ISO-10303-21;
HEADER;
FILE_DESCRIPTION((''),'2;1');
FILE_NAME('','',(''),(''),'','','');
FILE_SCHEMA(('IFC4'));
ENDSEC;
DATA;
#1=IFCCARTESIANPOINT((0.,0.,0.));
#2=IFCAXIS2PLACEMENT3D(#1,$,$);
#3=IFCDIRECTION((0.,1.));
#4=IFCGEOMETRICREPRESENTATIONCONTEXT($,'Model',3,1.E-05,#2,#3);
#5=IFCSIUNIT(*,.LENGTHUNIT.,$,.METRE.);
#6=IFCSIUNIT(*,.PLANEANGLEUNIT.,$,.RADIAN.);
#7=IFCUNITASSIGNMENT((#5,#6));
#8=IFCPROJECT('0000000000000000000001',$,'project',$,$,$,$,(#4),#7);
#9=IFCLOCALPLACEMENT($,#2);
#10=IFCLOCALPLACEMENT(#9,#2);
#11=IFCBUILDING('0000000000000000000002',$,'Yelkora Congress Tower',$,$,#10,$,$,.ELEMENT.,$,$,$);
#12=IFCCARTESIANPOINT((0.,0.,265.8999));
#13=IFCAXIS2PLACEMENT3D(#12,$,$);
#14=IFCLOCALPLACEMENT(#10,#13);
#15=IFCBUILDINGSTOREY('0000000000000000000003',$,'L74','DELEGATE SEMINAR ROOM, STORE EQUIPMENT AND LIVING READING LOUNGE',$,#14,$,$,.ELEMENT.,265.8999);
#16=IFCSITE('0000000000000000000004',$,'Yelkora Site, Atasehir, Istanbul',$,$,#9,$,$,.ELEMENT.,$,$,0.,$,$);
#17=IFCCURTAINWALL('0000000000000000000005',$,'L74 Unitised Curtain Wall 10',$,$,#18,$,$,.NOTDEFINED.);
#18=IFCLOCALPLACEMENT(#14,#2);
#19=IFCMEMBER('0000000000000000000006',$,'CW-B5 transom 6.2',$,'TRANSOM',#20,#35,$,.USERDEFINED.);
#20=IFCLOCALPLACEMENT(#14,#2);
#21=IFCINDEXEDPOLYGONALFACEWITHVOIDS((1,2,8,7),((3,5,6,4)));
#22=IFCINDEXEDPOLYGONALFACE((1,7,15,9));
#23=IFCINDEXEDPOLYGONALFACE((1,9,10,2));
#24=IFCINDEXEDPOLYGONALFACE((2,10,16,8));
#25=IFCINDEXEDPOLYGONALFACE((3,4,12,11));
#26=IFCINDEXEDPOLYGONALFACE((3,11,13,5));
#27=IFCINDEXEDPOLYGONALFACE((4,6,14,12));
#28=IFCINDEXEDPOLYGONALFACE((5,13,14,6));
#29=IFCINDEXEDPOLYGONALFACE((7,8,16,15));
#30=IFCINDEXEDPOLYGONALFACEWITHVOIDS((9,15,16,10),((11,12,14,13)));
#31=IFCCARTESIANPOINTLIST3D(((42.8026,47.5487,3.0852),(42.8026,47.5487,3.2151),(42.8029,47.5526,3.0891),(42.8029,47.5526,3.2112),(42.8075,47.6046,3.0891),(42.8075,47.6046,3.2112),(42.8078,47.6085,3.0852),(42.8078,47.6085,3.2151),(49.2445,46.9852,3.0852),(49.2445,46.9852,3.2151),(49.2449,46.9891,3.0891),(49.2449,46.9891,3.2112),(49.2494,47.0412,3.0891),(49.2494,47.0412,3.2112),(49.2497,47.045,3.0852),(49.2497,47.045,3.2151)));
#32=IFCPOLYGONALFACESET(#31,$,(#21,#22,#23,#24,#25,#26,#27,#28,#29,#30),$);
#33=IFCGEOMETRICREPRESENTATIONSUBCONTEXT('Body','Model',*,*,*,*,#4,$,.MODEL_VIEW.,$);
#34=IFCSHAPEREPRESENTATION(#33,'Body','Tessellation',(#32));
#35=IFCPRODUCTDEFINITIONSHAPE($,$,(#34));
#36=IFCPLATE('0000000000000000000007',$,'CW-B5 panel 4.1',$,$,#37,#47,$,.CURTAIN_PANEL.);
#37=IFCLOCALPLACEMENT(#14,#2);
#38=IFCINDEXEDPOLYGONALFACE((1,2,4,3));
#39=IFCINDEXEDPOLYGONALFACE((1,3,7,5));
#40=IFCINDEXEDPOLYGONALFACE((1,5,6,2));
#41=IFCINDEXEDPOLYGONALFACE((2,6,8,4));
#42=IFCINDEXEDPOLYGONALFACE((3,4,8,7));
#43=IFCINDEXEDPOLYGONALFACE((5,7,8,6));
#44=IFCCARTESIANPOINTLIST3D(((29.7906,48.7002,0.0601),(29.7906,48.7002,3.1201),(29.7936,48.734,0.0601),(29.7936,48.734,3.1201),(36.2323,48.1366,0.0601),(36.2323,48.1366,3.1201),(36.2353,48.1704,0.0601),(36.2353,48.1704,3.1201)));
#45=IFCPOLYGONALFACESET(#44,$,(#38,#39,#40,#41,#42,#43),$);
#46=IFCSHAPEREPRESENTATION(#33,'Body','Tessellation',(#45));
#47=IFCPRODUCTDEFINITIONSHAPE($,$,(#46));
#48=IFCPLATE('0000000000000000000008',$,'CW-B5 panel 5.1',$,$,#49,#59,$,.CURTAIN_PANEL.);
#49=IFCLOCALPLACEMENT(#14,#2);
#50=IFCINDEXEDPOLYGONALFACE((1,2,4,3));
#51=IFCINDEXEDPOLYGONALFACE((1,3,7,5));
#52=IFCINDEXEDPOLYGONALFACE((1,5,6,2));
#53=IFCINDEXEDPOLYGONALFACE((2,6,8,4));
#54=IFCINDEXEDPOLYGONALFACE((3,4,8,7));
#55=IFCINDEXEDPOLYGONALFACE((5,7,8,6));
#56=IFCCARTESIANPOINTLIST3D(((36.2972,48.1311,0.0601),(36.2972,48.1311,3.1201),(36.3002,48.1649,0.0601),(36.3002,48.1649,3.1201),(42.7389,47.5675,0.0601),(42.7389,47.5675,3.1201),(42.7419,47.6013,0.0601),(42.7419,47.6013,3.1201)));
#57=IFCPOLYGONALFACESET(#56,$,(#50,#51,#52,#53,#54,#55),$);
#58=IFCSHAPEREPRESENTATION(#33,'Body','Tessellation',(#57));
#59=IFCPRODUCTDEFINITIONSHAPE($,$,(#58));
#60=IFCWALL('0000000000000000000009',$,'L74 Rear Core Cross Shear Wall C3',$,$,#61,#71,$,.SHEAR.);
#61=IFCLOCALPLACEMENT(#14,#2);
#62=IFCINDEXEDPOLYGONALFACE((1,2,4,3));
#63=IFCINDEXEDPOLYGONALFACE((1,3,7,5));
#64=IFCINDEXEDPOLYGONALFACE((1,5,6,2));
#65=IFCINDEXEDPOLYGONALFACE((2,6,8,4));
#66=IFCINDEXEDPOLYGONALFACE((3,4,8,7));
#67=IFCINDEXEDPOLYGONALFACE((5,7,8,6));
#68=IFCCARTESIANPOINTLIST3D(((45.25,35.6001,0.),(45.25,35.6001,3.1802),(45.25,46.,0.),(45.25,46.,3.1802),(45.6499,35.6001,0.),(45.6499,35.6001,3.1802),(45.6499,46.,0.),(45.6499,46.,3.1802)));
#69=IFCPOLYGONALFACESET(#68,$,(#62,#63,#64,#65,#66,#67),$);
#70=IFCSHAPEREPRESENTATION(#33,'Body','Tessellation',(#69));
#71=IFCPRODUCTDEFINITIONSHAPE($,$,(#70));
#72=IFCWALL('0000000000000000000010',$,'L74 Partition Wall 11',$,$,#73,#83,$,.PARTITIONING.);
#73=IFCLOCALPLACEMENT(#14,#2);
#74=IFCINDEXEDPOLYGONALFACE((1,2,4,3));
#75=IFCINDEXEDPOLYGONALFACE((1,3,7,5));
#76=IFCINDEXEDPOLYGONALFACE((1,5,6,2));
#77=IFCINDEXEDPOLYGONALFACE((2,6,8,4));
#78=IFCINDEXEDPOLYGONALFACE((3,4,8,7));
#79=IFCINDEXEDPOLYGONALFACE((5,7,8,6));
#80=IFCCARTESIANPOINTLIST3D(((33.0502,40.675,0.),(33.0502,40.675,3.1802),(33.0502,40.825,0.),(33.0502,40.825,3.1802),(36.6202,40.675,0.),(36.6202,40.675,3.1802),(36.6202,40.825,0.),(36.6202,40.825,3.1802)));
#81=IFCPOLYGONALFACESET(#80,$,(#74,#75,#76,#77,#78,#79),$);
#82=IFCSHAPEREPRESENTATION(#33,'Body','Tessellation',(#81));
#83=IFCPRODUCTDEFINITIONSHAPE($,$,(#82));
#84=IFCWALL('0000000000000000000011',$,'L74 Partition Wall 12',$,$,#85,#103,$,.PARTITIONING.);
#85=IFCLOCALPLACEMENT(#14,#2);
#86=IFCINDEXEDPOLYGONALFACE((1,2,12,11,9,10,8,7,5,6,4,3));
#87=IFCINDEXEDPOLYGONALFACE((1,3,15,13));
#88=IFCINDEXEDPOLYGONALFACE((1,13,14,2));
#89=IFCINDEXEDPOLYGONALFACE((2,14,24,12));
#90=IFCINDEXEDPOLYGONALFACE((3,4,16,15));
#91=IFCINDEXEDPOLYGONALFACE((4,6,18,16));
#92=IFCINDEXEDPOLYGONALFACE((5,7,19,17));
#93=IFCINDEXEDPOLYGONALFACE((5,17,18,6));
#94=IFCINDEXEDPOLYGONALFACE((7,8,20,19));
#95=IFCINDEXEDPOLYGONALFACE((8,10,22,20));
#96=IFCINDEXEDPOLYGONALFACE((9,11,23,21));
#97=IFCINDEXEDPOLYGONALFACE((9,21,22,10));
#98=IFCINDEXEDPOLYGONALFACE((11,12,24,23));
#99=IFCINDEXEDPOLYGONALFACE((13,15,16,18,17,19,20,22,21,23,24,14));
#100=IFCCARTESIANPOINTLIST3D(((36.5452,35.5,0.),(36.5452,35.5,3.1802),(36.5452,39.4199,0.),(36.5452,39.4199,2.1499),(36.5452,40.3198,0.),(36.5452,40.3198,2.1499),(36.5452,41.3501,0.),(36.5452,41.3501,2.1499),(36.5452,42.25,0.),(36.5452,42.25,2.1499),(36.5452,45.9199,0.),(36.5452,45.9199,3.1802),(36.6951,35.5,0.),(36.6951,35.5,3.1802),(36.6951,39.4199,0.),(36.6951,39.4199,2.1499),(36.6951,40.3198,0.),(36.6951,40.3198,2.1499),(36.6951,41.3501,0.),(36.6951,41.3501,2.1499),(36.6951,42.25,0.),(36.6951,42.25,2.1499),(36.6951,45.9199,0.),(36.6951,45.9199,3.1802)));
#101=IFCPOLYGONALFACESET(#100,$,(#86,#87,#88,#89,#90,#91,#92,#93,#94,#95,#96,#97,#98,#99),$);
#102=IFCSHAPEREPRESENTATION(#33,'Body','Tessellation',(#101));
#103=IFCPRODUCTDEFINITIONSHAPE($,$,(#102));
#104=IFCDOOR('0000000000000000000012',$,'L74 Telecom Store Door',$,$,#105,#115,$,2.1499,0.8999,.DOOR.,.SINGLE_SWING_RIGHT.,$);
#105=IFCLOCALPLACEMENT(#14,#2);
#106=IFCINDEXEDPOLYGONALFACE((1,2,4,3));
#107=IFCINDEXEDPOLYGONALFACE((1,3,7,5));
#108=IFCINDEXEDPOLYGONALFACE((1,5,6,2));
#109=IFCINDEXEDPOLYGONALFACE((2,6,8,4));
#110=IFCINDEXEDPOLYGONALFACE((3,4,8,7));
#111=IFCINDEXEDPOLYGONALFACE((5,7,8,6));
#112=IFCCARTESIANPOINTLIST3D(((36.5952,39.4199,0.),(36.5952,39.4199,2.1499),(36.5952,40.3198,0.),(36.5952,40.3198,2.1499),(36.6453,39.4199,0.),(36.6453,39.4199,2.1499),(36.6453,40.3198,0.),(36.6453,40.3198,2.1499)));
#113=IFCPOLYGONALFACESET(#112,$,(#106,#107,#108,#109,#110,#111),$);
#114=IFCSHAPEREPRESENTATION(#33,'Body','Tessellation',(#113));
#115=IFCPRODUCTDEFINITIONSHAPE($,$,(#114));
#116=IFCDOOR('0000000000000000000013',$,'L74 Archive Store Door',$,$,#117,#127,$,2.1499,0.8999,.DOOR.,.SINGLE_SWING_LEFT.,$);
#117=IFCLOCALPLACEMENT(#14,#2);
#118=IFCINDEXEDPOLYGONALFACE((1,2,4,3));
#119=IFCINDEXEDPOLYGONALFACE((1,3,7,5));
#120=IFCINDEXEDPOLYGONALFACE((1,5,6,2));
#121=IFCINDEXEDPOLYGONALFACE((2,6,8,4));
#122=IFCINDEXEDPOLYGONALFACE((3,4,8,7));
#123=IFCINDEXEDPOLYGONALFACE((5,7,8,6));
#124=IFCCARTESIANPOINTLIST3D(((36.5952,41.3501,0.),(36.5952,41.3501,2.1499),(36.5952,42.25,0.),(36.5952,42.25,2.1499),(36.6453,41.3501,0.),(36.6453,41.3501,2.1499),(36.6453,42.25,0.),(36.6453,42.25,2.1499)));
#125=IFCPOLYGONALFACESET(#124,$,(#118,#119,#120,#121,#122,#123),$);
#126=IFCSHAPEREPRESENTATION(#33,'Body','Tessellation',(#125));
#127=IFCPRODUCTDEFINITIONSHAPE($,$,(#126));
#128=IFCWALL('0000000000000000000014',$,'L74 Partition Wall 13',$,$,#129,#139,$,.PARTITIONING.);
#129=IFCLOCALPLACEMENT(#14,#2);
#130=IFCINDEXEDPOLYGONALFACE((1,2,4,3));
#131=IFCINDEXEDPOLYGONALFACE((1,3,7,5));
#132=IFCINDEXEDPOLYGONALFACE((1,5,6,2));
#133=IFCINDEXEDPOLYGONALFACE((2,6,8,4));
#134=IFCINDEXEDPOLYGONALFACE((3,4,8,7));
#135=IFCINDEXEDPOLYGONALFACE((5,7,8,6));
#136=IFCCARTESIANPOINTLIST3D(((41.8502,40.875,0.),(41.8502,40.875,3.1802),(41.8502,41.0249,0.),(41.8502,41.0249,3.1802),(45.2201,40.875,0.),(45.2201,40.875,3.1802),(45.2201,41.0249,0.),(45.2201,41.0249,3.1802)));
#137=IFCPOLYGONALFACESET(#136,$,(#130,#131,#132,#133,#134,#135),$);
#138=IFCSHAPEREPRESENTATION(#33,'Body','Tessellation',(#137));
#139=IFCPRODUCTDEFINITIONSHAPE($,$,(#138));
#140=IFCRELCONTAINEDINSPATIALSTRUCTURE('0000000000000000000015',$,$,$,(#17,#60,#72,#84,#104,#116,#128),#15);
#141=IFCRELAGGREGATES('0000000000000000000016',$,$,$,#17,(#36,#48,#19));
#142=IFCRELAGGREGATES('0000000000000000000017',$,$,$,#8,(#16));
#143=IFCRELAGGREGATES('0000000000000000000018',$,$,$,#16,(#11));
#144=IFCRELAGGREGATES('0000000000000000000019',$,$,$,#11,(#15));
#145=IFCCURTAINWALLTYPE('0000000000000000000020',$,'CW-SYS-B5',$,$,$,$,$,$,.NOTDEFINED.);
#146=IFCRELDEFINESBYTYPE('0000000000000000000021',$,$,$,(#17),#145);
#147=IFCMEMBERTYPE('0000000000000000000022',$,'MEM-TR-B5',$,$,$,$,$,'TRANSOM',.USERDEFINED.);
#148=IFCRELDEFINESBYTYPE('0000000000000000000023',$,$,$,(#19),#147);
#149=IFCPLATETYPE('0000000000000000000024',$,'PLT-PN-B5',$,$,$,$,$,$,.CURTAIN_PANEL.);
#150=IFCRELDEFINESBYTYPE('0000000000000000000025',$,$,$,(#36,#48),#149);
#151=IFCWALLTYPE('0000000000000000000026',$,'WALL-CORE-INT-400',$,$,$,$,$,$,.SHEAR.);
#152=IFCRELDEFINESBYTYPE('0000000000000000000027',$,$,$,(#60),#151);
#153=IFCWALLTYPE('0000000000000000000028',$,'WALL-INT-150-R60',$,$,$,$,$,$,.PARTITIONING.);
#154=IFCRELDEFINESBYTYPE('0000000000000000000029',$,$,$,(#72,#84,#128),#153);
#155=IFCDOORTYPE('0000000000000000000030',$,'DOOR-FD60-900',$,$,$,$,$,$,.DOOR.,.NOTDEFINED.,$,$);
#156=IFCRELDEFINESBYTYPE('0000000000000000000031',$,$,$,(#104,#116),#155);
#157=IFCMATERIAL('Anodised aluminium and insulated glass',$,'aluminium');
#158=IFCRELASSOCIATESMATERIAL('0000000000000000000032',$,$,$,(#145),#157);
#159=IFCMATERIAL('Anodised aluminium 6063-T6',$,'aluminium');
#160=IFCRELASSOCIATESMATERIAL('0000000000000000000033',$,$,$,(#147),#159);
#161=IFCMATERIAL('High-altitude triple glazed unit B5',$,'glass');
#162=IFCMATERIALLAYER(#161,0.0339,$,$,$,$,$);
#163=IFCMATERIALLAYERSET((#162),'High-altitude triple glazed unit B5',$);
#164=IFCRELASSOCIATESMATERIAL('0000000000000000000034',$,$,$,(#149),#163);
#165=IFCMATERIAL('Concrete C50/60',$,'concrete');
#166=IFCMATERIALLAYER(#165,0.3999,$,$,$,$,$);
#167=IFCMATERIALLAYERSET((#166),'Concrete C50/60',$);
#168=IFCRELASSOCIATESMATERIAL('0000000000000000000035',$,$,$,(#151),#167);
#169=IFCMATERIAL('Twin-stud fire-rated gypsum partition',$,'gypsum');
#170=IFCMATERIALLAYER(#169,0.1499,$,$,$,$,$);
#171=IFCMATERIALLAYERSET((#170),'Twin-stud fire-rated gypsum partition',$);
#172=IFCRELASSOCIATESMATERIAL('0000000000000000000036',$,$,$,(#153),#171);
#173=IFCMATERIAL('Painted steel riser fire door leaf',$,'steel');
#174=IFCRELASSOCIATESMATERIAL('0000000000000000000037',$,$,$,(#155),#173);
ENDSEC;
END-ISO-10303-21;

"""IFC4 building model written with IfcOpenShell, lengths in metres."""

from ifc_helpers import new_model, si_unit, direction, frame, frame_2d, origin, origin_2d, place, context, subcontext, project, spatial, rectangle, hollow_rectangle, extrude, material, layer, layer_set, material_profile, profile_set, type_object, element, fill, aggregate, save


model = new_model("IFC4")

# Units and contexts
model_context = context("Model", 3, precision=1e-05, world=origin(), true_north=direction((0.0, 1.0)))
body_context = subcontext(model_context, "Body", "Model", "MODEL_VIEW")
ifc_project = project(units=[si_unit("LENGTHUNIT", "METRE"), si_unit("PLANEANGLEUNIT", "RADIAN")], contexts=[model_context])

# Site, building, storey
site_placement = place(None, origin())
site = spatial("IfcSite", under=ifc_project, at=site_placement, Name="Yelkora Site, Atasehir, Istanbul", CompositionType="ELEMENT", RefElevation=0.0)
building_placement = place(site_placement, origin())
building = spatial("IfcBuilding", under=site, at=building_placement, Name="Yelkora Congress Tower", CompositionType="ELEMENT")
storey_placement = place(building_placement, frame((0.0, 0.0, 265.8999)))
storey = spatial("IfcBuildingStorey", under=building, at=storey_placement, Name="L74", Description="DELEGATE SEMINAR ROOM, STORE EQUIPMENT AND LIVING READING LOUNGE", CompositionType="ELEMENT", Elevation=265.8999)

# Curtain wall, member, plates
ifc_material_1 = material(Name="Anodised aluminium and insulated glass", Category="aluminium")
curtain_wall_type = type_object("IfcCurtainWallType", Name="CW-SYS-B5", PredefinedType="NOTDEFINED", material=ifc_material_1)
curtain_wall_placement = place(storey_placement, origin())
curtain_wall = element("IfcCurtainWall", 1, at=curtain_wall_placement, inside=storey, type_object=curtain_wall_type, Name="L74 Unitised Curtain Wall 10", PredefinedType="NOTDEFINED")
ifc_material_2 = material(Name="Anodised aluminium 6063-T6", Category="aluminium")
ifc_material_profile_1 = material_profile(ifc_material_2, hollow_rectangle(XDim=0.0601, YDim=0.1299, WallThickness=0.0039, at=origin_2d()), Name="ALU 60x130x4")
ifc_profile_set_1 = profile_set([ifc_material_profile_1], Name="Anodised aluminium 6063-T6")
member_type_1 = type_object("IfcMemberType", Name="MEM-TR-B5", ElementType="TRANSOM", PredefinedType="USERDEFINED", material=ifc_profile_set_1)
member_1_placement = place(storey_placement, frame((42.8052, 47.5786, 3.1501), z_axis=(0.996196, -0.087138, 0.0), x_axis=(0.087138, 0.996196, 0.0)))
member_1 = element("IfcMember", 2, at=member_1_placement, type_object=member_type_1, Name="CW-B5 transom 6.2", ObjectType="TRANSOM", PredefinedType="USERDEFINED", context=body_context, shape_type="SweptSolid", body=[
    extrude(hollow_rectangle(XDim=0.0601, YDim=0.1299, WallThickness=0.0039, at=origin_2d()), origin(), (0.0, 0.0, 1.0), 6.4666),
])
ifc_material_3 = material(Name="High-altitude triple glazed unit B5", Category="glass")
ifc_layer_1 = layer(ifc_material_3, 0.0339)
ifc_layer_set_1 = layer_set([ifc_layer_1], Name="High-altitude triple glazed unit B5")
plate_type = type_object("IfcPlateType", Name="PLT-PN-B5", PredefinedType="CURTAIN_PANEL", material=ifc_layer_set_1)
plate_1_placement = place(storey_placement, frame((33.0129, 48.4353, 0.0601), z_axis=(0.0, 0.0, 1.0), x_axis=(0.996195, -0.087157, 0.0)))
plate_1 = element("IfcPlate", 3, at=plate_1_placement, type_object=plate_type, Name="CW-B5 panel 4.1", PredefinedType="CURTAIN_PANEL", context=body_context, shape_type="SweptSolid", body=[
    extrude(rectangle(XDim=6.4663, YDim=0.0339, at=origin_2d()), origin(), (0.0, 0.0, 1.0), 3.0601),
])
plate_2_placement = place(storey_placement, frame((39.5195, 47.8662, 0.0601), z_axis=(0.0, 0.0, 1.0), x_axis=(0.996195, -0.087157, 0.0)))
plate_2 = element("IfcPlate", 4, at=plate_2_placement, type_object=plate_type, Name="CW-B5 panel 5.1", PredefinedType="CURTAIN_PANEL", context=body_context, shape_type="SweptSolid", body=[
    extrude(rectangle(XDim=6.4663, YDim=0.0339, at=origin_2d()), origin(), (0.0, 0.0, 1.0), 3.0601),
])
aggregate(curtain_wall, [plate_1, plate_2, member_1])

# Walls
ifc_material_4 = material(Name="Concrete C50/60", Category="concrete")
ifc_layer_2 = layer(ifc_material_4, 0.3999)
ifc_layer_set_2 = layer_set([ifc_layer_2], Name="Concrete C50/60")
wall_type_1 = type_object("IfcWallType", Name="WALL-CORE-INT-400", PredefinedType="SHEAR", material=ifc_layer_set_2)
wall_1_placement = place(storey_placement, frame((45.45, 35.6001, 0.0), z_axis=(0.0, 0.0, 1.0), x_axis=(0.0, 1.0, 0.0)))
element("IfcWall", 5, at=wall_1_placement, inside=storey, type_object=wall_type_1, Name="L74 Rear Core Cross Shear Wall C3", PredefinedType="SHEAR", context=body_context, shape_type="SweptSolid", body=[
    extrude(rectangle(XDim=10.3999, YDim=0.3999, at=frame_2d((5.2, 0.0))), origin(), (0.0, 0.0, 1.0), 3.1802),
])
ifc_material_5 = material(Name="Twin-stud fire-rated gypsum partition", Category="gypsum")
ifc_layer_3 = layer(ifc_material_5, 0.1499)
ifc_layer_set_3 = layer_set([ifc_layer_3], Name="Twin-stud fire-rated gypsum partition")
wall_type_2 = type_object("IfcWallType", Name="WALL-INT-150-R60", PredefinedType="PARTITIONING", material=ifc_layer_set_3)
wall_2_placement = place(storey_placement, frame((33.05, 40.75, 0.0), z_axis=(0.0, 0.0, 1.0), x_axis=(1.0, 0.0, 0.0)))
element("IfcWall", 6, at=wall_2_placement, inside=storey, type_object=wall_type_2, Name="L74 Partition Wall 11", PredefinedType="PARTITIONING", context=body_context, shape_type="SweptSolid", body=[
    extrude(rectangle(XDim=3.5701, YDim=0.1499, at=frame_2d((1.7852, 0.0))), origin(), (0.0, 0.0, 1.0), 3.1802),
])

# Wall, openings, doors
wall_3_placement = place(storey_placement, frame((36.6201, 35.5, 0.0), z_axis=(0.0, 0.0, 1.0), x_axis=(0.0, 1.0, 0.0)))
wall_3 = element("IfcWall", 7, at=wall_3_placement, inside=storey, type_object=wall_type_2, Name="L74 Partition Wall 12", PredefinedType="PARTITIONING", context=body_context, shape_type="SweptSolid", body=[
    extrude(rectangle(XDim=10.4199, YDim=0.1499, at=frame_2d((5.21, 0.0))), origin(), (0.0, 0.0, 1.0), 3.1802),
])
opening_1_placement = place(wall_3_placement, frame((3.9199, 0.0, 0.0)))
opening_1 = element("IfcOpeningElement", 8, at=opening_1_placement, cuts=wall_3, PredefinedType="OPENING", context=body_context, shape_type="SweptSolid", body=[
    extrude(rectangle(XDim=0.8999, YDim=2.1499, at=frame_2d((0.45, 1.075))), frame((0.0, 0.085, 0.0), z_axis=(0.0, -1.0, 0.0), x_axis=(1.0, 0.0, 0.0)), (0.0, 0.0, 1.0), 0.1699),
])
opening_2_placement = place(wall_3_placement, frame((5.8501, 0.0, 0.0)))
opening_2 = element("IfcOpeningElement", 9, at=opening_2_placement, cuts=wall_3, PredefinedType="OPENING", context=body_context, shape_type="SweptSolid", body=[
    extrude(rectangle(XDim=0.8999, YDim=2.1499, at=frame_2d((0.45, 1.075))), frame((0.0, 0.085, 0.0), z_axis=(0.0, -1.0, 0.0), x_axis=(1.0, 0.0, 0.0)), (0.0, 0.0, 1.0), 0.1699),
])
ifc_material_6 = material(Name="Painted steel riser fire door leaf", Category="steel")
door_type_1 = type_object("IfcDoorType", Name="DOOR-FD60-900", OperationType="NOTDEFINED", PredefinedType="DOOR", material=ifc_material_6)
door_1_placement = place(opening_1_placement, origin())
door_1 = element("IfcDoor", 10, at=door_1_placement, inside=storey, type_object=door_type_1, Name="L74 Telecom Store Door", OperationType="SINGLE_SWING_RIGHT", OverallHeight=2.1499, OverallWidth=0.8999, PredefinedType="DOOR", context=body_context, shape_type="SweptSolid", body=[
    extrude(rectangle(XDim=0.8999, YDim=2.1499, at=frame_2d((0.45, 1.075))), frame((0.0, 0.0249, 0.0), z_axis=(0.0, -1.0, 0.0), x_axis=(1.0, 0.0, 0.0)), (0.0, 0.0, 1.0), 0.05),
])
fill(opening_1, door_1)
door_2_placement = place(opening_2_placement, origin())
door_2 = element("IfcDoor", 11, at=door_2_placement, inside=storey, type_object=door_type_1, Name="L74 Archive Store Door", OperationType="SINGLE_SWING_LEFT", OverallHeight=2.1499, OverallWidth=0.8999, PredefinedType="DOOR", context=body_context, shape_type="SweptSolid", body=[
    extrude(rectangle(XDim=0.8999, YDim=2.1499, at=frame_2d((0.45, 1.075))), frame((0.0, 0.0249, 0.0), z_axis=(0.0, -1.0, 0.0), x_axis=(1.0, 0.0, 0.0)), (0.0, 0.0, 1.0), 0.05),
])
fill(opening_2, door_2)

# Wall
wall_4_placement = place(storey_placement, frame((41.8501, 40.95, 0.0), z_axis=(0.0, 0.0, 1.0), x_axis=(1.0, 0.0, 0.0)))
element("IfcWall", 12, at=wall_4_placement, inside=storey, type_object=wall_type_2, Name="L74 Partition Wall 13", PredefinedType="PARTITIONING", context=body_context, shape_type="SweptSolid", body=[
    extrude(rectangle(XDim=3.3699, YDim=0.1499, at=frame_2d((1.6851, 0.0))), origin(), (0.0, 0.0, 1.0), 3.1802),
])

save(model, "model.ifc")
